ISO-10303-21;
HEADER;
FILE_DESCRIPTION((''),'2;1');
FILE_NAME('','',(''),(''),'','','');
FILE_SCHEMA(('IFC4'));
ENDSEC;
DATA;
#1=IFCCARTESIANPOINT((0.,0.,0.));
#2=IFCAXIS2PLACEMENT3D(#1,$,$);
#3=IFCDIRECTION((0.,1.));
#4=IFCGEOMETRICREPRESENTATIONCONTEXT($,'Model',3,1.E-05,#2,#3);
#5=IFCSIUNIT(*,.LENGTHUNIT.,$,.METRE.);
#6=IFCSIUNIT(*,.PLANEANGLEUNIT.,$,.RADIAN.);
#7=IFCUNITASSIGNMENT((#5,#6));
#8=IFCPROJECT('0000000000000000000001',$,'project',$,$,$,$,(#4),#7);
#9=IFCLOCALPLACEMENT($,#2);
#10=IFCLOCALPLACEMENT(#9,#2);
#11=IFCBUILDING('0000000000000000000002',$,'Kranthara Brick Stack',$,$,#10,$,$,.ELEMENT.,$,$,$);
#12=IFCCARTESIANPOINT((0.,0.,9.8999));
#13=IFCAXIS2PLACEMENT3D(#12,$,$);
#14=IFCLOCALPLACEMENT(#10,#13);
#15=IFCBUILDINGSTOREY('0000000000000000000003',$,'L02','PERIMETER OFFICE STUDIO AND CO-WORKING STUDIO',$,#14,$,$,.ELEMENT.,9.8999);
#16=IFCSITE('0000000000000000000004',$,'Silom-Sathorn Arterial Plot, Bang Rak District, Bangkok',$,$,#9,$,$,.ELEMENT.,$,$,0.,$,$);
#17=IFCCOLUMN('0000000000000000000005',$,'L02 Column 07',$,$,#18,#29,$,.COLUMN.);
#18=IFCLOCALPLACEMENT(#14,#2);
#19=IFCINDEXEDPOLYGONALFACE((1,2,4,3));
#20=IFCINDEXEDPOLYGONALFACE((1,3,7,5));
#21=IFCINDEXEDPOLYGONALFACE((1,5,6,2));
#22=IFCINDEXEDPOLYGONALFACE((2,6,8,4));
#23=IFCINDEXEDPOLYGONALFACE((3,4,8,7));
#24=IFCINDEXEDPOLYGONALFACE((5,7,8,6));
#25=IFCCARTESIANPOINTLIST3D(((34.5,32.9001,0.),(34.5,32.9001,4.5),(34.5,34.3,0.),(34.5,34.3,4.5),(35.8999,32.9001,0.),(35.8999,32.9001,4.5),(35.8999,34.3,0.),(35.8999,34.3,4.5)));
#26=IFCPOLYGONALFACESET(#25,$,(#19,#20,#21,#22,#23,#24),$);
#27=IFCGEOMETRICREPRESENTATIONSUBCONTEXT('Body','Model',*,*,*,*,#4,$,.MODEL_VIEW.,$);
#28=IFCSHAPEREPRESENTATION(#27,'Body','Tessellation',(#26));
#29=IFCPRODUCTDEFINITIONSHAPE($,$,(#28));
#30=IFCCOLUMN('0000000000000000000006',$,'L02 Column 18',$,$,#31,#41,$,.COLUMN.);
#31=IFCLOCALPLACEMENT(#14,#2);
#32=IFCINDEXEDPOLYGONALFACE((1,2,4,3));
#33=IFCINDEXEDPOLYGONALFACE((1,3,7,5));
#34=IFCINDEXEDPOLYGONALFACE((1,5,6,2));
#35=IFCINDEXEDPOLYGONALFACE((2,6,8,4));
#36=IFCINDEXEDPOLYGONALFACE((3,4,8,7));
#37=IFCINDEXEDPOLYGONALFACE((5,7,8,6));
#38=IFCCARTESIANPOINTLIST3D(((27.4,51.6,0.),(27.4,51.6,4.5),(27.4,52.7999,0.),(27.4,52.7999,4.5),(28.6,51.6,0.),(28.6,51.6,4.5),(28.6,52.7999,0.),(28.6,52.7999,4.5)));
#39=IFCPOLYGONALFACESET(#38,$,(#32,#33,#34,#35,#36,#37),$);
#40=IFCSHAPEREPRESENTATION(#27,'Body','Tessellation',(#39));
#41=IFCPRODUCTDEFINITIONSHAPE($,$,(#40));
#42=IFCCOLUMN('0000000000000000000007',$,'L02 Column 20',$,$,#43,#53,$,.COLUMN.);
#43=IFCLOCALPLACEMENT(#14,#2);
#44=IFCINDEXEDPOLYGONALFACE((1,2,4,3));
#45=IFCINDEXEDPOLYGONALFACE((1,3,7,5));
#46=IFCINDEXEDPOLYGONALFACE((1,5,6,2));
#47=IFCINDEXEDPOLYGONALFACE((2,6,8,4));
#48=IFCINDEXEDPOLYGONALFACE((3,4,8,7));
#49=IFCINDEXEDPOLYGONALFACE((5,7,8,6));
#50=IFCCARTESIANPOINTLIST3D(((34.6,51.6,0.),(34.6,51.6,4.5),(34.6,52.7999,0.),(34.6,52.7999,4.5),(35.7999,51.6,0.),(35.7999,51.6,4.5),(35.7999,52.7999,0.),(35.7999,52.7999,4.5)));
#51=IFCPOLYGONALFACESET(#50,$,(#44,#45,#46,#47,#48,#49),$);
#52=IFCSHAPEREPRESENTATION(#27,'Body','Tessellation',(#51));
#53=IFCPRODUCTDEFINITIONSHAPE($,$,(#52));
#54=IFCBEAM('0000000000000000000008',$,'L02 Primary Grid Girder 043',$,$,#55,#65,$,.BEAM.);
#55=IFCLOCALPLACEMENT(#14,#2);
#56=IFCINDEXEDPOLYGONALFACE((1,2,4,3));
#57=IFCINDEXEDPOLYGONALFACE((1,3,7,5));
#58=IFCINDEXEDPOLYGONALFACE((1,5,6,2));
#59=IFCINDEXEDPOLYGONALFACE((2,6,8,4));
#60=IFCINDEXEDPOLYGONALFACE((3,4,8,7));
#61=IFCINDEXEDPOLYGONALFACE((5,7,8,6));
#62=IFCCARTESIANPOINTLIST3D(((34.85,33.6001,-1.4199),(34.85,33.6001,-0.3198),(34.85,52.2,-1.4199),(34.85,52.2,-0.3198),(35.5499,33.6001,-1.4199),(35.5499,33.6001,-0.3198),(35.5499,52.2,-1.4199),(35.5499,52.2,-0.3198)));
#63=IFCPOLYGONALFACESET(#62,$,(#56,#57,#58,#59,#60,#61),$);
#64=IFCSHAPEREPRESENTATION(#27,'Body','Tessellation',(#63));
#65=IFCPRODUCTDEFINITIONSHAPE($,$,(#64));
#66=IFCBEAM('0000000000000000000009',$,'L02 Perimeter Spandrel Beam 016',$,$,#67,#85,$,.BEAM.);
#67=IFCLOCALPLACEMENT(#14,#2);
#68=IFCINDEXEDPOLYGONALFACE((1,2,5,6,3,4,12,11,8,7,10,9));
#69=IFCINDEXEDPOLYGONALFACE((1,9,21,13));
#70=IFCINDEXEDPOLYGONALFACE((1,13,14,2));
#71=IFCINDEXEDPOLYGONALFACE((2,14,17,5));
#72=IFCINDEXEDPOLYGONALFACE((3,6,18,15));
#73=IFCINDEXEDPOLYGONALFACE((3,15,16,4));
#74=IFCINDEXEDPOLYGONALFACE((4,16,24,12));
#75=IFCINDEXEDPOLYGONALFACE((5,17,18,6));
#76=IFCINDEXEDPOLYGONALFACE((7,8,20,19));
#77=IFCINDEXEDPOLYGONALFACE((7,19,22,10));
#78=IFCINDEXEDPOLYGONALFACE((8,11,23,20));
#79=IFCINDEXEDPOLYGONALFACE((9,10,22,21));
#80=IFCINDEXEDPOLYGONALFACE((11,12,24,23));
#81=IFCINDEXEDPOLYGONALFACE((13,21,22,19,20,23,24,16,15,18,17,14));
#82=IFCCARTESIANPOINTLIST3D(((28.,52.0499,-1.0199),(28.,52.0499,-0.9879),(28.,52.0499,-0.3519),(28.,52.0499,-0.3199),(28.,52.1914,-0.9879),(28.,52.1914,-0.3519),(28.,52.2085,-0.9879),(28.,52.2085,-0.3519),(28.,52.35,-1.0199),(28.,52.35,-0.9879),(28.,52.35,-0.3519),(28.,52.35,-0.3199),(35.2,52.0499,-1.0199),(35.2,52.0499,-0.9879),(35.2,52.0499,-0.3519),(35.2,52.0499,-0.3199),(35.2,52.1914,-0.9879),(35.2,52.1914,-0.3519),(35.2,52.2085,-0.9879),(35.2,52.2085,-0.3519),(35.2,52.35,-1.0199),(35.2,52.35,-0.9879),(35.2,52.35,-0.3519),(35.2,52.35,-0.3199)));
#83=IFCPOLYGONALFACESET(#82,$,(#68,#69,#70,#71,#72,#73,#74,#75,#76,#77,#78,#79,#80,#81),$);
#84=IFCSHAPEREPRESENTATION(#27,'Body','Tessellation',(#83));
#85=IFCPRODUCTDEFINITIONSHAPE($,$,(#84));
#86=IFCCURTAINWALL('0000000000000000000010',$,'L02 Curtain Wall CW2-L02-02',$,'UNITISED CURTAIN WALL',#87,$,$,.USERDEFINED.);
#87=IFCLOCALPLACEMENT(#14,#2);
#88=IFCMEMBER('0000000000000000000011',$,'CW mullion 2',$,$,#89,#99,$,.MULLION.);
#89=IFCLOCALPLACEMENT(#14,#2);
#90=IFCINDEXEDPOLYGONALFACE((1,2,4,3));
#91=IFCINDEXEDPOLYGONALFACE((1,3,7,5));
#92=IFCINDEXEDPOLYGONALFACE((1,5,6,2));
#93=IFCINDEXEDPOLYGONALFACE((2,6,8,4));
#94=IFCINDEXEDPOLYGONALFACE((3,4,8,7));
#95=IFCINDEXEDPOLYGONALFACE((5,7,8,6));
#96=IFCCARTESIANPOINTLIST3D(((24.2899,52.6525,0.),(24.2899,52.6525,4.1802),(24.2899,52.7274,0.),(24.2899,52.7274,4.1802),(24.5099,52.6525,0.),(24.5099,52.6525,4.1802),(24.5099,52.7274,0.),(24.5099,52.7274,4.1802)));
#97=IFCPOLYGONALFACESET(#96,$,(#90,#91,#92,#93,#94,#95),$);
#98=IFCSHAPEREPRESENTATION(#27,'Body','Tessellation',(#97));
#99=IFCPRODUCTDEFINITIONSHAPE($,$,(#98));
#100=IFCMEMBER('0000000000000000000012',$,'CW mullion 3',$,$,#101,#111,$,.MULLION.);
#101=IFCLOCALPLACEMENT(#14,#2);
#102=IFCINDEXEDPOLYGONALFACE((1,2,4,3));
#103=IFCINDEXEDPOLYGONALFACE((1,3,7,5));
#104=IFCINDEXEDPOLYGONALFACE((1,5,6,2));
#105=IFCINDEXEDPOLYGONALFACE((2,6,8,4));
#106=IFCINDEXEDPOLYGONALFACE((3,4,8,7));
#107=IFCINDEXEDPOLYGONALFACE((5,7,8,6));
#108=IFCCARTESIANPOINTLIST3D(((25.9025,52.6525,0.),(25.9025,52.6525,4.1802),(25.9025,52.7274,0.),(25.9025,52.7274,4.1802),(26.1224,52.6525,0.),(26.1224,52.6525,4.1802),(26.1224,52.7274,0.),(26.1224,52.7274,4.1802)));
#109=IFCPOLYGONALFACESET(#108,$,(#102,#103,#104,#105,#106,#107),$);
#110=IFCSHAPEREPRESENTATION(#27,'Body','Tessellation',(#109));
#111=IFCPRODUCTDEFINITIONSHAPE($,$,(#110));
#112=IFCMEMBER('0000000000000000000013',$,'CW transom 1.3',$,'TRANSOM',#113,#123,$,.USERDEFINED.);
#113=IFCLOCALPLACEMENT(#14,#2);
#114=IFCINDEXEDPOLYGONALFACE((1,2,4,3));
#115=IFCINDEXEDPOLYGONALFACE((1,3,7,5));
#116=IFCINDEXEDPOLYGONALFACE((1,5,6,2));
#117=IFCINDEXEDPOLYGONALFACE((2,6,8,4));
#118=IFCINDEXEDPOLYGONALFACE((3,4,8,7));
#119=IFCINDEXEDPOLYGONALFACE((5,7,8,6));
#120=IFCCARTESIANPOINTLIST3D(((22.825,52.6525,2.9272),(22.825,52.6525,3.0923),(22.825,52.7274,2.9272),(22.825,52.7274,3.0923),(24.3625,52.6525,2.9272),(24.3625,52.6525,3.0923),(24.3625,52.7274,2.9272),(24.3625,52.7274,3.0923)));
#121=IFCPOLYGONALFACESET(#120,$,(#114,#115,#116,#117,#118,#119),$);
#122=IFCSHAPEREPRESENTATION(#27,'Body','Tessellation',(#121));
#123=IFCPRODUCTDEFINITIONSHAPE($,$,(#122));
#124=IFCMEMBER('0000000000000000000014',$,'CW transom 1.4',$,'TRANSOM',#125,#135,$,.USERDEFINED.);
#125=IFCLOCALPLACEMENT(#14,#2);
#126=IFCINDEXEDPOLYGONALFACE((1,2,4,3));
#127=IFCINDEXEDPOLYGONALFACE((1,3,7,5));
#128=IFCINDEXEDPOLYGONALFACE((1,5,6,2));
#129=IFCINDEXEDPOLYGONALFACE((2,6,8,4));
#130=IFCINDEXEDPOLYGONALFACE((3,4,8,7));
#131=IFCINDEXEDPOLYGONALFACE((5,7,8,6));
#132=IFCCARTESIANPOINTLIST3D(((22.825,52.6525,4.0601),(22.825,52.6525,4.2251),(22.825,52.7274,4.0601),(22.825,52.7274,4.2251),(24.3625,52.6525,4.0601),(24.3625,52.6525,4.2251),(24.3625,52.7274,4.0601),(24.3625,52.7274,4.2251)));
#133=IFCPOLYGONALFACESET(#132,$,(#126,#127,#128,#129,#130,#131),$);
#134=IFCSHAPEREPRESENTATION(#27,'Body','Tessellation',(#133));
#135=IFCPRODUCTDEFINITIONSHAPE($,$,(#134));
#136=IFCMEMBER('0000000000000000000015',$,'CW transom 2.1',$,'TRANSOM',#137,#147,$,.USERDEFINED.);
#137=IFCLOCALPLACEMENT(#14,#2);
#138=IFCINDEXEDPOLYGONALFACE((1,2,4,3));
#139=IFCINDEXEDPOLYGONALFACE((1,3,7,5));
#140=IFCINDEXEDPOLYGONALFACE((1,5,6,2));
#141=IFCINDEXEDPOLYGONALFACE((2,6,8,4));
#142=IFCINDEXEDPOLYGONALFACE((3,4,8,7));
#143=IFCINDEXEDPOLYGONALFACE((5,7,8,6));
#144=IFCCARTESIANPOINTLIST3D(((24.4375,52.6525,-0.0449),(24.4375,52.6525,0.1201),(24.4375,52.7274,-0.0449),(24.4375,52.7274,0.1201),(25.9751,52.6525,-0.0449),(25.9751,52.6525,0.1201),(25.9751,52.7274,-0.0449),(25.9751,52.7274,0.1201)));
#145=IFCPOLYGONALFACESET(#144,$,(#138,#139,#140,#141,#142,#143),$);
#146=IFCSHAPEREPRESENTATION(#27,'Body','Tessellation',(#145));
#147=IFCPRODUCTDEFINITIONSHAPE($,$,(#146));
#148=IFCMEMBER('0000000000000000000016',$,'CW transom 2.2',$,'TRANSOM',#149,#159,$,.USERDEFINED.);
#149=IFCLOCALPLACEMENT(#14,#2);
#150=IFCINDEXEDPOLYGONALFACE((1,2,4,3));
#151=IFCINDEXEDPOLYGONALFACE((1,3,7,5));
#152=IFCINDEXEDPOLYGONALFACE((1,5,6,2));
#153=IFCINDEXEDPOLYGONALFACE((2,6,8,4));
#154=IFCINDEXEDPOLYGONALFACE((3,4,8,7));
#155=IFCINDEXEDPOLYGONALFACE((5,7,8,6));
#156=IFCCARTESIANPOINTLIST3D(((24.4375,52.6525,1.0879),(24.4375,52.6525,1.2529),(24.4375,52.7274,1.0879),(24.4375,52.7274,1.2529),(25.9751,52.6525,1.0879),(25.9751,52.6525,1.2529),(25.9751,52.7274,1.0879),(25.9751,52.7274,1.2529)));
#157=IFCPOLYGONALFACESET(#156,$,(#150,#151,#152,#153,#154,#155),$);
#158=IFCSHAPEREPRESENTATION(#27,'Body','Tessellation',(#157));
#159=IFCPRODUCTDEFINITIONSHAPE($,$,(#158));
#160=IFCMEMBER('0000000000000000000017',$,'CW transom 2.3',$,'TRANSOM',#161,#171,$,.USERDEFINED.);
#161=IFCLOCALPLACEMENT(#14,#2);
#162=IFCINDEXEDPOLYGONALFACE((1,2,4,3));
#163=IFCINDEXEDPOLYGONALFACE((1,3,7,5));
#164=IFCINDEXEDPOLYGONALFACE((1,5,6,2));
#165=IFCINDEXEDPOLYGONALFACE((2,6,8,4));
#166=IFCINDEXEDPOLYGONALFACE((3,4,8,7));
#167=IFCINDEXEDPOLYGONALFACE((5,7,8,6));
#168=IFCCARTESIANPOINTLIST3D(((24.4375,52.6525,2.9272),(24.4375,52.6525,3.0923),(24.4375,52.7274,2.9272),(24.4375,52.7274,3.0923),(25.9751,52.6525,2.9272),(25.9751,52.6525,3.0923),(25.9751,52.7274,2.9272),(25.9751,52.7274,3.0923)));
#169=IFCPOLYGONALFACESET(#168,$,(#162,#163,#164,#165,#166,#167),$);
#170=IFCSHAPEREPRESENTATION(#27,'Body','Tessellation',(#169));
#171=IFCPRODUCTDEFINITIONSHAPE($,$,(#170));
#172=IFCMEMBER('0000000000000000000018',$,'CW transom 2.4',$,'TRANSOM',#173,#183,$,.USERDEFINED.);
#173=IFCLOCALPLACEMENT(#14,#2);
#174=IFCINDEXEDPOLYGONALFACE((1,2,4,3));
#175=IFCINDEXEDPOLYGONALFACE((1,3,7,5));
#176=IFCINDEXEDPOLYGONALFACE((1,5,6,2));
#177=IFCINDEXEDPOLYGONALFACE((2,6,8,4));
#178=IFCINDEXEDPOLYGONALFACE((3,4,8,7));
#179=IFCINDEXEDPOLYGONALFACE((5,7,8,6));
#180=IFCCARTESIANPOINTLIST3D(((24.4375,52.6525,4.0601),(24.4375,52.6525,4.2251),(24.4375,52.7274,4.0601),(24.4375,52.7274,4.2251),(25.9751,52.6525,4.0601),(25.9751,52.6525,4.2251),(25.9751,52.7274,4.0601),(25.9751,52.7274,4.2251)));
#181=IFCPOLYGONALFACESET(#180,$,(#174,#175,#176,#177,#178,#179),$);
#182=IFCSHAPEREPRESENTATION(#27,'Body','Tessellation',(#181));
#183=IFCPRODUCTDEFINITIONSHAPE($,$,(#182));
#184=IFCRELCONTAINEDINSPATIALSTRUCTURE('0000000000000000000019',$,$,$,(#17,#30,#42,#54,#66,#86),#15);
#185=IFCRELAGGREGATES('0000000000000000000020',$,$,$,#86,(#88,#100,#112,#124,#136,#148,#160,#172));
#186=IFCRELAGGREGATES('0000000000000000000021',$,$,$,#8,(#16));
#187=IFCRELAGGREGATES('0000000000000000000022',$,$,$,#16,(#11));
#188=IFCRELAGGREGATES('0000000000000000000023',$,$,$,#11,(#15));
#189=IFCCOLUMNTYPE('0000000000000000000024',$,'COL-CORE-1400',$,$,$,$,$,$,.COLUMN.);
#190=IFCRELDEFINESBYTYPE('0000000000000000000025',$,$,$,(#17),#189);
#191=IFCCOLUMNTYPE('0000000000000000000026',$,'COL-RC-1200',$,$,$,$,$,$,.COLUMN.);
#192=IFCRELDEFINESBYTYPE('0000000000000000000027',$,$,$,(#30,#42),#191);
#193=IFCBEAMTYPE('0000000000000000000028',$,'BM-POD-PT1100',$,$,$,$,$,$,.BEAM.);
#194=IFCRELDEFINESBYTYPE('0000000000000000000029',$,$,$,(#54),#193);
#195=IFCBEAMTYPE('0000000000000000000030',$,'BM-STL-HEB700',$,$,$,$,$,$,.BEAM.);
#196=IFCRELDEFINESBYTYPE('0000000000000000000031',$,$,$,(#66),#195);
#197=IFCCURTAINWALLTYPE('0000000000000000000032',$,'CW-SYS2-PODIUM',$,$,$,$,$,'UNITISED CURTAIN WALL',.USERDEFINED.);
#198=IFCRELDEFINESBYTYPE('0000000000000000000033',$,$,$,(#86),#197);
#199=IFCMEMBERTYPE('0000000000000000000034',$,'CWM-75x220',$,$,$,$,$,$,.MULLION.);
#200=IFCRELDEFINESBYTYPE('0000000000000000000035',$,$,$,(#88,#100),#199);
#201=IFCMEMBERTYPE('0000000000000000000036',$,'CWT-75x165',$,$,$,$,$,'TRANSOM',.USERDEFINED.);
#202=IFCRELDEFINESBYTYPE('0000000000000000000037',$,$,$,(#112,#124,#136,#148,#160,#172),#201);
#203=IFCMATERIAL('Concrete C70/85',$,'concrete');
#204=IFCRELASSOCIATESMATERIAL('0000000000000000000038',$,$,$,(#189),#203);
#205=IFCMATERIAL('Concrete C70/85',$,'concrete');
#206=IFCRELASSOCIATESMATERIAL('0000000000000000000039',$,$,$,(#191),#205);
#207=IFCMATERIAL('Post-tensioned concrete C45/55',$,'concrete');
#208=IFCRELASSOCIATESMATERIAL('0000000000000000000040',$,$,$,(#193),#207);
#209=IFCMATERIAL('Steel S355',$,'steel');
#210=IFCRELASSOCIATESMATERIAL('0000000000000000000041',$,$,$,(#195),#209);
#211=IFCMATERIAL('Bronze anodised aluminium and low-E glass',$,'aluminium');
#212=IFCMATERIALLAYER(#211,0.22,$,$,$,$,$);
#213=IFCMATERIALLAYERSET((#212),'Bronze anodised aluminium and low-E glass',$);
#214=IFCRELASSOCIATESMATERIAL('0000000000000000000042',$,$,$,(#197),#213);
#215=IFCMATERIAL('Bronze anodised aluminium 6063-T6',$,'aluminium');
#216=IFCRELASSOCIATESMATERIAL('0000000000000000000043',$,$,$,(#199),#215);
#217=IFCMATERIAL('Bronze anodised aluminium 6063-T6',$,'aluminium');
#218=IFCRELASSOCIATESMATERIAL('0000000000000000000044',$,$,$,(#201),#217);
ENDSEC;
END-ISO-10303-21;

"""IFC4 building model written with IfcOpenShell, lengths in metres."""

from ifc_helpers import new_model, si_unit, direction, frame, origin, origin_2d, place, context, subcontext, project, spatial, rectangle, i_section, extrude, material, layer, layer_set, material_profile, profile_set, type_object, element, aggregate, save


model = new_model("IFC4")

# Units and contexts
model_context = context("Model", 3, precision=1e-05, world=origin(), true_north=direction((0.0, 1.0)))
body_context = subcontext(model_context, "Body", "Model", "MODEL_VIEW")
ifc_project = project(units=[si_unit("LENGTHUNIT", "METRE"), si_unit("PLANEANGLEUNIT", "RADIAN")], contexts=[model_context])

# Site, building, storey
site_placement = place(None, origin())
site = spatial("IfcSite", under=ifc_project, at=site_placement, Name="Silom-Sathorn Arterial Plot, Bang Rak District, Bangkok", CompositionType="ELEMENT", RefElevation=0.0)
building_placement = place(site_placement, origin())
building = spatial("IfcBuilding", under=site, at=building_placement, Name="Kranthara Brick Stack", CompositionType="ELEMENT")
storey_placement = place(building_placement, frame((0.0, 0.0, 9.8999)))
storey = spatial("IfcBuildingStorey", under=building, at=storey_placement, Name="L02", Description="PERIMETER OFFICE STUDIO AND CO-WORKING STUDIO", CompositionType="ELEMENT", Elevation=9.8999)

# Columns
ifc_material_1 = material(Name="Concrete C70/85", Category="concrete")
ifc_material_profile_1 = material_profile(ifc_material_1, rectangle(XDim=1.3999, YDim=1.3999, at=origin_2d()), Name="RC 1400x1400")
ifc_profile_set_1 = profile_set([ifc_material_profile_1], Name="Concrete C70/85")
column_type_1 = type_object("IfcColumnType", Name="COL-CORE-1400", PredefinedType="COLUMN", material=ifc_profile_set_1)
column_placement = place(storey_placement, frame((35.2, 33.6001, 0.0), z_axis=(0.0, 0.0, 1.0), x_axis=(1.0, 0.0, 0.0)))
element("IfcColumn", 1, at=column_placement, inside=storey, type_object=column_type_1, Name="L02 Column 07", PredefinedType="COLUMN", context=body_context, shape_type="SweptSolid", body=[
    extrude(rectangle(XDim=1.3999, YDim=1.3999, at=origin_2d()), origin(), (0.0, 0.0, 1.0), 4.5),
])
ifc_material_2 = material(Name="Concrete C70/85", Category="concrete")
ifc_material_profile_2 = material_profile(ifc_material_2, rectangle(XDim=1.2, YDim=1.2, at=origin_2d()), Name="RC 1200x1200")
ifc_profile_set_2 = profile_set([ifc_material_profile_2], Name="Concrete C70/85")
column_type_2 = type_object("IfcColumnType", Name="COL-RC-1200", PredefinedType="COLUMN", material=ifc_profile_set_2)
for number, where, z_axis, x_axis, name in (
    (2, (28.0, 52.2, 0.0), (0.0, 0.0, 1.0), (1.0, 0.0, 0.0), "L02 Column 18"),
    (3, (35.2, 52.2, 0.0), (0.0, 0.0, 1.0), (1.0, 0.0, 0.0), "L02 Column 20"),
):
    element("IfcColumn", number, at=place(storey_placement, frame(where, z_axis=z_axis, x_axis=x_axis)), inside=storey, type_object=column_type_2, Name=name, PredefinedType="COLUMN", context=body_context, shape_type="SweptSolid", body=[
        extrude(rectangle(XDim=1.2, YDim=1.2, at=origin_2d()), origin(), (0.0, 0.0, 1.0), 4.5),
    ])

# Beams
ifc_material_3 = material(Name="Post-tensioned concrete C45/55", Category="concrete")
ifc_material_profile_3 = material_profile(ifc_material_3, rectangle(XDim=0.7, YDim=1.1001, at=origin_2d()), Name="PT 700x1100")
ifc_profile_set_3 = profile_set([ifc_material_profile_3], Name="Post-tensioned concrete C45/55")
beam_type_1 = type_object("IfcBeamType", Name="BM-POD-PT1100", PredefinedType="BEAM", material=ifc_profile_set_3)
beam_1_placement = place(storey_placement, frame((35.2, 33.6001, -0.8699), z_axis=(0.0, 1.0, 0.0), x_axis=(-1.0, 0.0, 0.0)))
element("IfcBeam", 4, at=beam_1_placement, inside=storey, type_object=beam_type_1, Name="L02 Primary Grid Girder 043", PredefinedType="BEAM", context=body_context, shape_type="SweptSolid", body=[
    extrude(rectangle(XDim=0.7, YDim=1.1001, at=origin_2d()), origin(), (0.0, 0.0, 1.0), 18.5999),
])
ifc_material_4 = material(Name="Steel S355", Category="steel")
ifc_material_profile_4 = material_profile(ifc_material_4, i_section(OverallWidth=0.3, OverallDepth=0.7, WebThickness=0.0171, FlangeThickness=0.032, at=origin_2d()), Name="HEB 700")
ifc_profile_set_4 = profile_set([ifc_material_profile_4], Name="Steel S355")
beam_type_2 = type_object("IfcBeamType", Name="BM-STL-HEB700", PredefinedType="BEAM", material=ifc_profile_set_4)
beam_2_placement = place(storey_placement, frame((28.0, 52.2, -0.6699), z_axis=(1.0, 0.0, 0.0), x_axis=(0.0, 1.0, 0.0)))
element("IfcBeam", 5, at=beam_2_placement, inside=storey, type_object=beam_type_2, Name="L02 Perimeter Spandrel Beam 016", PredefinedType="BEAM", context=body_context, shape_type="SweptSolid", body=[
    extrude(i_section(OverallWidth=0.3, OverallDepth=0.7, WebThickness=0.0171, FlangeThickness=0.032, at=origin_2d()), origin(), (0.0, 0.0, 1.0), 7.2),
])

# Curtain wall, members
ifc_material_5 = material(Name="Bronze anodised aluminium and low-E glass", Category="aluminium")
ifc_layer_1 = layer(ifc_material_5, 0.22)
ifc_layer_set_1 = layer_set([ifc_layer_1], Name="Bronze anodised aluminium and low-E glass")
curtain_wall_type = type_object("IfcCurtainWallType", Name="CW-SYS2-PODIUM", ElementType="UNITISED CURTAIN WALL", PredefinedType="USERDEFINED", material=ifc_layer_set_1)
curtain_wall_placement = place(storey_placement, origin())
curtain_wall = element("IfcCurtainWall", 6, at=curtain_wall_placement, inside=storey, type_object=curtain_wall_type, Name="L02 Curtain Wall CW2-L02-02", ObjectType="UNITISED CURTAIN WALL", PredefinedType="USERDEFINED")
ifc_material_6 = material(Name="Bronze anodised aluminium 6063-T6", Category="aluminium")
ifc_material_profile_5 = material_profile(ifc_material_6, rectangle(XDim=0.075, YDim=0.22, at=origin_2d()), Name="ALU MULLION 75x220")
ifc_profile_set_5 = profile_set([ifc_material_profile_5], Name="Bronze anodised aluminium 6063-T6")
member_type_1 = type_object("IfcMemberType", Name="CWM-75x220", PredefinedType="MULLION", material=ifc_profile_set_5)
member_1_placement = place(storey_placement, frame((24.3999, 52.6899, 0.0), z_axis=(0.0, 0.0, 1.0), x_axis=(0.0, 1.0, 0.0)))
member_1 = element("IfcMember", 7, at=member_1_placement, type_object=member_type_1, Name="CW mullion 2", PredefinedType="MULLION", context=body_context, shape_type="SweptSolid", body=[
    extrude(rectangle(XDim=0.075, YDim=0.22, at=origin_2d()), origin(), (0.0, 0.0, 1.0), 4.1802),
])
member_2_placement = place(storey_placement, frame((26.0125, 52.6899, 0.0), z_axis=(0.0, 0.0, 1.0), x_axis=(0.0, 1.0, 0.0)))
member_2 = element("IfcMember", 8, at=member_2_placement, type_object=member_type_1, Name="CW mullion 3", PredefinedType="MULLION", context=body_context, shape_type="SweptSolid", body=[
    extrude(rectangle(XDim=0.075, YDim=0.22, at=origin_2d()), origin(), (0.0, 0.0, 1.0), 4.1802),
])
ifc_material_7 = material(Name="Bronze anodised aluminium 6063-T6", Category="aluminium")
ifc_material_profile_6 = material_profile(ifc_material_7, rectangle(XDim=0.075, YDim=0.165, at=origin_2d()), Name="ALU TRANSOM 75x165")
ifc_profile_set_6 = profile_set([ifc_material_profile_6], Name="Bronze anodised aluminium 6063-T6")
member_type_2 = type_object("IfcMemberType", Name="CWT-75x165", ElementType="TRANSOM", PredefinedType="USERDEFINED", material=ifc_profile_set_6)
member_3_placement = place(storey_placement, frame((22.825, 52.6899, 3.0098), z_axis=(1.0, 0.0, 0.0), x_axis=(0.0, 1.0, 0.0)))
member_3 = element("IfcMember", 9, at=member_3_placement, type_object=member_type_2, Name="CW transom 1.3", ObjectType="TRANSOM", PredefinedType="USERDEFINED", context=body_context, shape_type="SweptSolid", body=[
    extrude(rectangle(XDim=0.075, YDim=0.165, at=origin_2d()), origin(), (0.0, 0.0, 1.0), 1.5376),
])
member_4_placement = place(storey_placement, frame((22.825, 52.6899, 4.1426), z_axis=(1.0, 0.0, 0.0), x_axis=(0.0, 1.0, 0.0)))
member_4 = element("IfcMember", 10, at=member_4_placement, type_object=member_type_2, Name="CW transom 1.4", ObjectType="TRANSOM", PredefinedType="USERDEFINED", context=body_context, shape_type="SweptSolid", body=[
    extrude(rectangle(XDim=0.075, YDim=0.165, at=origin_2d()), origin(), (0.0, 0.0, 1.0), 1.5376),
])
member_5_placement = place(storey_placement, frame((24.4375, 52.6899, 0.0376), z_axis=(1.0, 0.0, 0.0), x_axis=(0.0, 1.0, 0.0)))
member_5 = element("IfcMember", 11, at=member_5_placement, type_object=member_type_2, Name="CW transom 2.1", ObjectType="TRANSOM", PredefinedType="USERDEFINED", context=body_context, shape_type="SweptSolid", body=[
    extrude(rectangle(XDim=0.075, YDim=0.165, at=origin_2d()), origin(), (0.0, 0.0, 1.0), 1.5376),
])
member_6_placement = place(storey_placement, frame((24.4375, 52.6899, 1.1704), z_axis=(1.0, 0.0, 0.0), x_axis=(0.0, 1.0, 0.0)))
member_6 = element("IfcMember", 12, at=member_6_placement, type_object=member_type_2, Name="CW transom 2.2", ObjectType="TRANSOM", PredefinedType="USERDEFINED", context=body_context, shape_type="SweptSolid", body=[
    extrude(rectangle(XDim=0.075, YDim=0.165, at=origin_2d()), origin(), (0.0, 0.0, 1.0), 1.5376),
])
member_7_placement = place(storey_placement, frame((24.4375, 52.6899, 3.0098), z_axis=(1.0, 0.0, 0.0), x_axis=(0.0, 1.0, 0.0)))
member_7 = element("IfcMember", 13, at=member_7_placement, type_object=member_type_2, Name="CW transom 2.3", ObjectType="TRANSOM", PredefinedType="USERDEFINED", context=body_context, shape_type="SweptSolid", body=[
    extrude(rectangle(XDim=0.075, YDim=0.165, at=origin_2d()), origin(), (0.0, 0.0, 1.0), 1.5376),
])
member_8_placement = place(storey_placement, frame((24.4375, 52.6899, 4.1426), z_axis=(1.0, 0.0, 0.0), x_axis=(0.0, 1.0, 0.0)))
member_8 = element("IfcMember", 14, at=member_8_placement, type_object=member_type_2, Name="CW transom 2.4", ObjectType="TRANSOM", PredefinedType="USERDEFINED", context=body_context, shape_type="SweptSolid", body=[
    extrude(rectangle(XDim=0.075, YDim=0.165, at=origin_2d()), origin(), (0.0, 0.0, 1.0), 1.5376),
])
aggregate(curtain_wall, [member_1, member_2, member_3, member_4, member_5, member_6, member_7, member_8])

save(model, "model.ifc")
